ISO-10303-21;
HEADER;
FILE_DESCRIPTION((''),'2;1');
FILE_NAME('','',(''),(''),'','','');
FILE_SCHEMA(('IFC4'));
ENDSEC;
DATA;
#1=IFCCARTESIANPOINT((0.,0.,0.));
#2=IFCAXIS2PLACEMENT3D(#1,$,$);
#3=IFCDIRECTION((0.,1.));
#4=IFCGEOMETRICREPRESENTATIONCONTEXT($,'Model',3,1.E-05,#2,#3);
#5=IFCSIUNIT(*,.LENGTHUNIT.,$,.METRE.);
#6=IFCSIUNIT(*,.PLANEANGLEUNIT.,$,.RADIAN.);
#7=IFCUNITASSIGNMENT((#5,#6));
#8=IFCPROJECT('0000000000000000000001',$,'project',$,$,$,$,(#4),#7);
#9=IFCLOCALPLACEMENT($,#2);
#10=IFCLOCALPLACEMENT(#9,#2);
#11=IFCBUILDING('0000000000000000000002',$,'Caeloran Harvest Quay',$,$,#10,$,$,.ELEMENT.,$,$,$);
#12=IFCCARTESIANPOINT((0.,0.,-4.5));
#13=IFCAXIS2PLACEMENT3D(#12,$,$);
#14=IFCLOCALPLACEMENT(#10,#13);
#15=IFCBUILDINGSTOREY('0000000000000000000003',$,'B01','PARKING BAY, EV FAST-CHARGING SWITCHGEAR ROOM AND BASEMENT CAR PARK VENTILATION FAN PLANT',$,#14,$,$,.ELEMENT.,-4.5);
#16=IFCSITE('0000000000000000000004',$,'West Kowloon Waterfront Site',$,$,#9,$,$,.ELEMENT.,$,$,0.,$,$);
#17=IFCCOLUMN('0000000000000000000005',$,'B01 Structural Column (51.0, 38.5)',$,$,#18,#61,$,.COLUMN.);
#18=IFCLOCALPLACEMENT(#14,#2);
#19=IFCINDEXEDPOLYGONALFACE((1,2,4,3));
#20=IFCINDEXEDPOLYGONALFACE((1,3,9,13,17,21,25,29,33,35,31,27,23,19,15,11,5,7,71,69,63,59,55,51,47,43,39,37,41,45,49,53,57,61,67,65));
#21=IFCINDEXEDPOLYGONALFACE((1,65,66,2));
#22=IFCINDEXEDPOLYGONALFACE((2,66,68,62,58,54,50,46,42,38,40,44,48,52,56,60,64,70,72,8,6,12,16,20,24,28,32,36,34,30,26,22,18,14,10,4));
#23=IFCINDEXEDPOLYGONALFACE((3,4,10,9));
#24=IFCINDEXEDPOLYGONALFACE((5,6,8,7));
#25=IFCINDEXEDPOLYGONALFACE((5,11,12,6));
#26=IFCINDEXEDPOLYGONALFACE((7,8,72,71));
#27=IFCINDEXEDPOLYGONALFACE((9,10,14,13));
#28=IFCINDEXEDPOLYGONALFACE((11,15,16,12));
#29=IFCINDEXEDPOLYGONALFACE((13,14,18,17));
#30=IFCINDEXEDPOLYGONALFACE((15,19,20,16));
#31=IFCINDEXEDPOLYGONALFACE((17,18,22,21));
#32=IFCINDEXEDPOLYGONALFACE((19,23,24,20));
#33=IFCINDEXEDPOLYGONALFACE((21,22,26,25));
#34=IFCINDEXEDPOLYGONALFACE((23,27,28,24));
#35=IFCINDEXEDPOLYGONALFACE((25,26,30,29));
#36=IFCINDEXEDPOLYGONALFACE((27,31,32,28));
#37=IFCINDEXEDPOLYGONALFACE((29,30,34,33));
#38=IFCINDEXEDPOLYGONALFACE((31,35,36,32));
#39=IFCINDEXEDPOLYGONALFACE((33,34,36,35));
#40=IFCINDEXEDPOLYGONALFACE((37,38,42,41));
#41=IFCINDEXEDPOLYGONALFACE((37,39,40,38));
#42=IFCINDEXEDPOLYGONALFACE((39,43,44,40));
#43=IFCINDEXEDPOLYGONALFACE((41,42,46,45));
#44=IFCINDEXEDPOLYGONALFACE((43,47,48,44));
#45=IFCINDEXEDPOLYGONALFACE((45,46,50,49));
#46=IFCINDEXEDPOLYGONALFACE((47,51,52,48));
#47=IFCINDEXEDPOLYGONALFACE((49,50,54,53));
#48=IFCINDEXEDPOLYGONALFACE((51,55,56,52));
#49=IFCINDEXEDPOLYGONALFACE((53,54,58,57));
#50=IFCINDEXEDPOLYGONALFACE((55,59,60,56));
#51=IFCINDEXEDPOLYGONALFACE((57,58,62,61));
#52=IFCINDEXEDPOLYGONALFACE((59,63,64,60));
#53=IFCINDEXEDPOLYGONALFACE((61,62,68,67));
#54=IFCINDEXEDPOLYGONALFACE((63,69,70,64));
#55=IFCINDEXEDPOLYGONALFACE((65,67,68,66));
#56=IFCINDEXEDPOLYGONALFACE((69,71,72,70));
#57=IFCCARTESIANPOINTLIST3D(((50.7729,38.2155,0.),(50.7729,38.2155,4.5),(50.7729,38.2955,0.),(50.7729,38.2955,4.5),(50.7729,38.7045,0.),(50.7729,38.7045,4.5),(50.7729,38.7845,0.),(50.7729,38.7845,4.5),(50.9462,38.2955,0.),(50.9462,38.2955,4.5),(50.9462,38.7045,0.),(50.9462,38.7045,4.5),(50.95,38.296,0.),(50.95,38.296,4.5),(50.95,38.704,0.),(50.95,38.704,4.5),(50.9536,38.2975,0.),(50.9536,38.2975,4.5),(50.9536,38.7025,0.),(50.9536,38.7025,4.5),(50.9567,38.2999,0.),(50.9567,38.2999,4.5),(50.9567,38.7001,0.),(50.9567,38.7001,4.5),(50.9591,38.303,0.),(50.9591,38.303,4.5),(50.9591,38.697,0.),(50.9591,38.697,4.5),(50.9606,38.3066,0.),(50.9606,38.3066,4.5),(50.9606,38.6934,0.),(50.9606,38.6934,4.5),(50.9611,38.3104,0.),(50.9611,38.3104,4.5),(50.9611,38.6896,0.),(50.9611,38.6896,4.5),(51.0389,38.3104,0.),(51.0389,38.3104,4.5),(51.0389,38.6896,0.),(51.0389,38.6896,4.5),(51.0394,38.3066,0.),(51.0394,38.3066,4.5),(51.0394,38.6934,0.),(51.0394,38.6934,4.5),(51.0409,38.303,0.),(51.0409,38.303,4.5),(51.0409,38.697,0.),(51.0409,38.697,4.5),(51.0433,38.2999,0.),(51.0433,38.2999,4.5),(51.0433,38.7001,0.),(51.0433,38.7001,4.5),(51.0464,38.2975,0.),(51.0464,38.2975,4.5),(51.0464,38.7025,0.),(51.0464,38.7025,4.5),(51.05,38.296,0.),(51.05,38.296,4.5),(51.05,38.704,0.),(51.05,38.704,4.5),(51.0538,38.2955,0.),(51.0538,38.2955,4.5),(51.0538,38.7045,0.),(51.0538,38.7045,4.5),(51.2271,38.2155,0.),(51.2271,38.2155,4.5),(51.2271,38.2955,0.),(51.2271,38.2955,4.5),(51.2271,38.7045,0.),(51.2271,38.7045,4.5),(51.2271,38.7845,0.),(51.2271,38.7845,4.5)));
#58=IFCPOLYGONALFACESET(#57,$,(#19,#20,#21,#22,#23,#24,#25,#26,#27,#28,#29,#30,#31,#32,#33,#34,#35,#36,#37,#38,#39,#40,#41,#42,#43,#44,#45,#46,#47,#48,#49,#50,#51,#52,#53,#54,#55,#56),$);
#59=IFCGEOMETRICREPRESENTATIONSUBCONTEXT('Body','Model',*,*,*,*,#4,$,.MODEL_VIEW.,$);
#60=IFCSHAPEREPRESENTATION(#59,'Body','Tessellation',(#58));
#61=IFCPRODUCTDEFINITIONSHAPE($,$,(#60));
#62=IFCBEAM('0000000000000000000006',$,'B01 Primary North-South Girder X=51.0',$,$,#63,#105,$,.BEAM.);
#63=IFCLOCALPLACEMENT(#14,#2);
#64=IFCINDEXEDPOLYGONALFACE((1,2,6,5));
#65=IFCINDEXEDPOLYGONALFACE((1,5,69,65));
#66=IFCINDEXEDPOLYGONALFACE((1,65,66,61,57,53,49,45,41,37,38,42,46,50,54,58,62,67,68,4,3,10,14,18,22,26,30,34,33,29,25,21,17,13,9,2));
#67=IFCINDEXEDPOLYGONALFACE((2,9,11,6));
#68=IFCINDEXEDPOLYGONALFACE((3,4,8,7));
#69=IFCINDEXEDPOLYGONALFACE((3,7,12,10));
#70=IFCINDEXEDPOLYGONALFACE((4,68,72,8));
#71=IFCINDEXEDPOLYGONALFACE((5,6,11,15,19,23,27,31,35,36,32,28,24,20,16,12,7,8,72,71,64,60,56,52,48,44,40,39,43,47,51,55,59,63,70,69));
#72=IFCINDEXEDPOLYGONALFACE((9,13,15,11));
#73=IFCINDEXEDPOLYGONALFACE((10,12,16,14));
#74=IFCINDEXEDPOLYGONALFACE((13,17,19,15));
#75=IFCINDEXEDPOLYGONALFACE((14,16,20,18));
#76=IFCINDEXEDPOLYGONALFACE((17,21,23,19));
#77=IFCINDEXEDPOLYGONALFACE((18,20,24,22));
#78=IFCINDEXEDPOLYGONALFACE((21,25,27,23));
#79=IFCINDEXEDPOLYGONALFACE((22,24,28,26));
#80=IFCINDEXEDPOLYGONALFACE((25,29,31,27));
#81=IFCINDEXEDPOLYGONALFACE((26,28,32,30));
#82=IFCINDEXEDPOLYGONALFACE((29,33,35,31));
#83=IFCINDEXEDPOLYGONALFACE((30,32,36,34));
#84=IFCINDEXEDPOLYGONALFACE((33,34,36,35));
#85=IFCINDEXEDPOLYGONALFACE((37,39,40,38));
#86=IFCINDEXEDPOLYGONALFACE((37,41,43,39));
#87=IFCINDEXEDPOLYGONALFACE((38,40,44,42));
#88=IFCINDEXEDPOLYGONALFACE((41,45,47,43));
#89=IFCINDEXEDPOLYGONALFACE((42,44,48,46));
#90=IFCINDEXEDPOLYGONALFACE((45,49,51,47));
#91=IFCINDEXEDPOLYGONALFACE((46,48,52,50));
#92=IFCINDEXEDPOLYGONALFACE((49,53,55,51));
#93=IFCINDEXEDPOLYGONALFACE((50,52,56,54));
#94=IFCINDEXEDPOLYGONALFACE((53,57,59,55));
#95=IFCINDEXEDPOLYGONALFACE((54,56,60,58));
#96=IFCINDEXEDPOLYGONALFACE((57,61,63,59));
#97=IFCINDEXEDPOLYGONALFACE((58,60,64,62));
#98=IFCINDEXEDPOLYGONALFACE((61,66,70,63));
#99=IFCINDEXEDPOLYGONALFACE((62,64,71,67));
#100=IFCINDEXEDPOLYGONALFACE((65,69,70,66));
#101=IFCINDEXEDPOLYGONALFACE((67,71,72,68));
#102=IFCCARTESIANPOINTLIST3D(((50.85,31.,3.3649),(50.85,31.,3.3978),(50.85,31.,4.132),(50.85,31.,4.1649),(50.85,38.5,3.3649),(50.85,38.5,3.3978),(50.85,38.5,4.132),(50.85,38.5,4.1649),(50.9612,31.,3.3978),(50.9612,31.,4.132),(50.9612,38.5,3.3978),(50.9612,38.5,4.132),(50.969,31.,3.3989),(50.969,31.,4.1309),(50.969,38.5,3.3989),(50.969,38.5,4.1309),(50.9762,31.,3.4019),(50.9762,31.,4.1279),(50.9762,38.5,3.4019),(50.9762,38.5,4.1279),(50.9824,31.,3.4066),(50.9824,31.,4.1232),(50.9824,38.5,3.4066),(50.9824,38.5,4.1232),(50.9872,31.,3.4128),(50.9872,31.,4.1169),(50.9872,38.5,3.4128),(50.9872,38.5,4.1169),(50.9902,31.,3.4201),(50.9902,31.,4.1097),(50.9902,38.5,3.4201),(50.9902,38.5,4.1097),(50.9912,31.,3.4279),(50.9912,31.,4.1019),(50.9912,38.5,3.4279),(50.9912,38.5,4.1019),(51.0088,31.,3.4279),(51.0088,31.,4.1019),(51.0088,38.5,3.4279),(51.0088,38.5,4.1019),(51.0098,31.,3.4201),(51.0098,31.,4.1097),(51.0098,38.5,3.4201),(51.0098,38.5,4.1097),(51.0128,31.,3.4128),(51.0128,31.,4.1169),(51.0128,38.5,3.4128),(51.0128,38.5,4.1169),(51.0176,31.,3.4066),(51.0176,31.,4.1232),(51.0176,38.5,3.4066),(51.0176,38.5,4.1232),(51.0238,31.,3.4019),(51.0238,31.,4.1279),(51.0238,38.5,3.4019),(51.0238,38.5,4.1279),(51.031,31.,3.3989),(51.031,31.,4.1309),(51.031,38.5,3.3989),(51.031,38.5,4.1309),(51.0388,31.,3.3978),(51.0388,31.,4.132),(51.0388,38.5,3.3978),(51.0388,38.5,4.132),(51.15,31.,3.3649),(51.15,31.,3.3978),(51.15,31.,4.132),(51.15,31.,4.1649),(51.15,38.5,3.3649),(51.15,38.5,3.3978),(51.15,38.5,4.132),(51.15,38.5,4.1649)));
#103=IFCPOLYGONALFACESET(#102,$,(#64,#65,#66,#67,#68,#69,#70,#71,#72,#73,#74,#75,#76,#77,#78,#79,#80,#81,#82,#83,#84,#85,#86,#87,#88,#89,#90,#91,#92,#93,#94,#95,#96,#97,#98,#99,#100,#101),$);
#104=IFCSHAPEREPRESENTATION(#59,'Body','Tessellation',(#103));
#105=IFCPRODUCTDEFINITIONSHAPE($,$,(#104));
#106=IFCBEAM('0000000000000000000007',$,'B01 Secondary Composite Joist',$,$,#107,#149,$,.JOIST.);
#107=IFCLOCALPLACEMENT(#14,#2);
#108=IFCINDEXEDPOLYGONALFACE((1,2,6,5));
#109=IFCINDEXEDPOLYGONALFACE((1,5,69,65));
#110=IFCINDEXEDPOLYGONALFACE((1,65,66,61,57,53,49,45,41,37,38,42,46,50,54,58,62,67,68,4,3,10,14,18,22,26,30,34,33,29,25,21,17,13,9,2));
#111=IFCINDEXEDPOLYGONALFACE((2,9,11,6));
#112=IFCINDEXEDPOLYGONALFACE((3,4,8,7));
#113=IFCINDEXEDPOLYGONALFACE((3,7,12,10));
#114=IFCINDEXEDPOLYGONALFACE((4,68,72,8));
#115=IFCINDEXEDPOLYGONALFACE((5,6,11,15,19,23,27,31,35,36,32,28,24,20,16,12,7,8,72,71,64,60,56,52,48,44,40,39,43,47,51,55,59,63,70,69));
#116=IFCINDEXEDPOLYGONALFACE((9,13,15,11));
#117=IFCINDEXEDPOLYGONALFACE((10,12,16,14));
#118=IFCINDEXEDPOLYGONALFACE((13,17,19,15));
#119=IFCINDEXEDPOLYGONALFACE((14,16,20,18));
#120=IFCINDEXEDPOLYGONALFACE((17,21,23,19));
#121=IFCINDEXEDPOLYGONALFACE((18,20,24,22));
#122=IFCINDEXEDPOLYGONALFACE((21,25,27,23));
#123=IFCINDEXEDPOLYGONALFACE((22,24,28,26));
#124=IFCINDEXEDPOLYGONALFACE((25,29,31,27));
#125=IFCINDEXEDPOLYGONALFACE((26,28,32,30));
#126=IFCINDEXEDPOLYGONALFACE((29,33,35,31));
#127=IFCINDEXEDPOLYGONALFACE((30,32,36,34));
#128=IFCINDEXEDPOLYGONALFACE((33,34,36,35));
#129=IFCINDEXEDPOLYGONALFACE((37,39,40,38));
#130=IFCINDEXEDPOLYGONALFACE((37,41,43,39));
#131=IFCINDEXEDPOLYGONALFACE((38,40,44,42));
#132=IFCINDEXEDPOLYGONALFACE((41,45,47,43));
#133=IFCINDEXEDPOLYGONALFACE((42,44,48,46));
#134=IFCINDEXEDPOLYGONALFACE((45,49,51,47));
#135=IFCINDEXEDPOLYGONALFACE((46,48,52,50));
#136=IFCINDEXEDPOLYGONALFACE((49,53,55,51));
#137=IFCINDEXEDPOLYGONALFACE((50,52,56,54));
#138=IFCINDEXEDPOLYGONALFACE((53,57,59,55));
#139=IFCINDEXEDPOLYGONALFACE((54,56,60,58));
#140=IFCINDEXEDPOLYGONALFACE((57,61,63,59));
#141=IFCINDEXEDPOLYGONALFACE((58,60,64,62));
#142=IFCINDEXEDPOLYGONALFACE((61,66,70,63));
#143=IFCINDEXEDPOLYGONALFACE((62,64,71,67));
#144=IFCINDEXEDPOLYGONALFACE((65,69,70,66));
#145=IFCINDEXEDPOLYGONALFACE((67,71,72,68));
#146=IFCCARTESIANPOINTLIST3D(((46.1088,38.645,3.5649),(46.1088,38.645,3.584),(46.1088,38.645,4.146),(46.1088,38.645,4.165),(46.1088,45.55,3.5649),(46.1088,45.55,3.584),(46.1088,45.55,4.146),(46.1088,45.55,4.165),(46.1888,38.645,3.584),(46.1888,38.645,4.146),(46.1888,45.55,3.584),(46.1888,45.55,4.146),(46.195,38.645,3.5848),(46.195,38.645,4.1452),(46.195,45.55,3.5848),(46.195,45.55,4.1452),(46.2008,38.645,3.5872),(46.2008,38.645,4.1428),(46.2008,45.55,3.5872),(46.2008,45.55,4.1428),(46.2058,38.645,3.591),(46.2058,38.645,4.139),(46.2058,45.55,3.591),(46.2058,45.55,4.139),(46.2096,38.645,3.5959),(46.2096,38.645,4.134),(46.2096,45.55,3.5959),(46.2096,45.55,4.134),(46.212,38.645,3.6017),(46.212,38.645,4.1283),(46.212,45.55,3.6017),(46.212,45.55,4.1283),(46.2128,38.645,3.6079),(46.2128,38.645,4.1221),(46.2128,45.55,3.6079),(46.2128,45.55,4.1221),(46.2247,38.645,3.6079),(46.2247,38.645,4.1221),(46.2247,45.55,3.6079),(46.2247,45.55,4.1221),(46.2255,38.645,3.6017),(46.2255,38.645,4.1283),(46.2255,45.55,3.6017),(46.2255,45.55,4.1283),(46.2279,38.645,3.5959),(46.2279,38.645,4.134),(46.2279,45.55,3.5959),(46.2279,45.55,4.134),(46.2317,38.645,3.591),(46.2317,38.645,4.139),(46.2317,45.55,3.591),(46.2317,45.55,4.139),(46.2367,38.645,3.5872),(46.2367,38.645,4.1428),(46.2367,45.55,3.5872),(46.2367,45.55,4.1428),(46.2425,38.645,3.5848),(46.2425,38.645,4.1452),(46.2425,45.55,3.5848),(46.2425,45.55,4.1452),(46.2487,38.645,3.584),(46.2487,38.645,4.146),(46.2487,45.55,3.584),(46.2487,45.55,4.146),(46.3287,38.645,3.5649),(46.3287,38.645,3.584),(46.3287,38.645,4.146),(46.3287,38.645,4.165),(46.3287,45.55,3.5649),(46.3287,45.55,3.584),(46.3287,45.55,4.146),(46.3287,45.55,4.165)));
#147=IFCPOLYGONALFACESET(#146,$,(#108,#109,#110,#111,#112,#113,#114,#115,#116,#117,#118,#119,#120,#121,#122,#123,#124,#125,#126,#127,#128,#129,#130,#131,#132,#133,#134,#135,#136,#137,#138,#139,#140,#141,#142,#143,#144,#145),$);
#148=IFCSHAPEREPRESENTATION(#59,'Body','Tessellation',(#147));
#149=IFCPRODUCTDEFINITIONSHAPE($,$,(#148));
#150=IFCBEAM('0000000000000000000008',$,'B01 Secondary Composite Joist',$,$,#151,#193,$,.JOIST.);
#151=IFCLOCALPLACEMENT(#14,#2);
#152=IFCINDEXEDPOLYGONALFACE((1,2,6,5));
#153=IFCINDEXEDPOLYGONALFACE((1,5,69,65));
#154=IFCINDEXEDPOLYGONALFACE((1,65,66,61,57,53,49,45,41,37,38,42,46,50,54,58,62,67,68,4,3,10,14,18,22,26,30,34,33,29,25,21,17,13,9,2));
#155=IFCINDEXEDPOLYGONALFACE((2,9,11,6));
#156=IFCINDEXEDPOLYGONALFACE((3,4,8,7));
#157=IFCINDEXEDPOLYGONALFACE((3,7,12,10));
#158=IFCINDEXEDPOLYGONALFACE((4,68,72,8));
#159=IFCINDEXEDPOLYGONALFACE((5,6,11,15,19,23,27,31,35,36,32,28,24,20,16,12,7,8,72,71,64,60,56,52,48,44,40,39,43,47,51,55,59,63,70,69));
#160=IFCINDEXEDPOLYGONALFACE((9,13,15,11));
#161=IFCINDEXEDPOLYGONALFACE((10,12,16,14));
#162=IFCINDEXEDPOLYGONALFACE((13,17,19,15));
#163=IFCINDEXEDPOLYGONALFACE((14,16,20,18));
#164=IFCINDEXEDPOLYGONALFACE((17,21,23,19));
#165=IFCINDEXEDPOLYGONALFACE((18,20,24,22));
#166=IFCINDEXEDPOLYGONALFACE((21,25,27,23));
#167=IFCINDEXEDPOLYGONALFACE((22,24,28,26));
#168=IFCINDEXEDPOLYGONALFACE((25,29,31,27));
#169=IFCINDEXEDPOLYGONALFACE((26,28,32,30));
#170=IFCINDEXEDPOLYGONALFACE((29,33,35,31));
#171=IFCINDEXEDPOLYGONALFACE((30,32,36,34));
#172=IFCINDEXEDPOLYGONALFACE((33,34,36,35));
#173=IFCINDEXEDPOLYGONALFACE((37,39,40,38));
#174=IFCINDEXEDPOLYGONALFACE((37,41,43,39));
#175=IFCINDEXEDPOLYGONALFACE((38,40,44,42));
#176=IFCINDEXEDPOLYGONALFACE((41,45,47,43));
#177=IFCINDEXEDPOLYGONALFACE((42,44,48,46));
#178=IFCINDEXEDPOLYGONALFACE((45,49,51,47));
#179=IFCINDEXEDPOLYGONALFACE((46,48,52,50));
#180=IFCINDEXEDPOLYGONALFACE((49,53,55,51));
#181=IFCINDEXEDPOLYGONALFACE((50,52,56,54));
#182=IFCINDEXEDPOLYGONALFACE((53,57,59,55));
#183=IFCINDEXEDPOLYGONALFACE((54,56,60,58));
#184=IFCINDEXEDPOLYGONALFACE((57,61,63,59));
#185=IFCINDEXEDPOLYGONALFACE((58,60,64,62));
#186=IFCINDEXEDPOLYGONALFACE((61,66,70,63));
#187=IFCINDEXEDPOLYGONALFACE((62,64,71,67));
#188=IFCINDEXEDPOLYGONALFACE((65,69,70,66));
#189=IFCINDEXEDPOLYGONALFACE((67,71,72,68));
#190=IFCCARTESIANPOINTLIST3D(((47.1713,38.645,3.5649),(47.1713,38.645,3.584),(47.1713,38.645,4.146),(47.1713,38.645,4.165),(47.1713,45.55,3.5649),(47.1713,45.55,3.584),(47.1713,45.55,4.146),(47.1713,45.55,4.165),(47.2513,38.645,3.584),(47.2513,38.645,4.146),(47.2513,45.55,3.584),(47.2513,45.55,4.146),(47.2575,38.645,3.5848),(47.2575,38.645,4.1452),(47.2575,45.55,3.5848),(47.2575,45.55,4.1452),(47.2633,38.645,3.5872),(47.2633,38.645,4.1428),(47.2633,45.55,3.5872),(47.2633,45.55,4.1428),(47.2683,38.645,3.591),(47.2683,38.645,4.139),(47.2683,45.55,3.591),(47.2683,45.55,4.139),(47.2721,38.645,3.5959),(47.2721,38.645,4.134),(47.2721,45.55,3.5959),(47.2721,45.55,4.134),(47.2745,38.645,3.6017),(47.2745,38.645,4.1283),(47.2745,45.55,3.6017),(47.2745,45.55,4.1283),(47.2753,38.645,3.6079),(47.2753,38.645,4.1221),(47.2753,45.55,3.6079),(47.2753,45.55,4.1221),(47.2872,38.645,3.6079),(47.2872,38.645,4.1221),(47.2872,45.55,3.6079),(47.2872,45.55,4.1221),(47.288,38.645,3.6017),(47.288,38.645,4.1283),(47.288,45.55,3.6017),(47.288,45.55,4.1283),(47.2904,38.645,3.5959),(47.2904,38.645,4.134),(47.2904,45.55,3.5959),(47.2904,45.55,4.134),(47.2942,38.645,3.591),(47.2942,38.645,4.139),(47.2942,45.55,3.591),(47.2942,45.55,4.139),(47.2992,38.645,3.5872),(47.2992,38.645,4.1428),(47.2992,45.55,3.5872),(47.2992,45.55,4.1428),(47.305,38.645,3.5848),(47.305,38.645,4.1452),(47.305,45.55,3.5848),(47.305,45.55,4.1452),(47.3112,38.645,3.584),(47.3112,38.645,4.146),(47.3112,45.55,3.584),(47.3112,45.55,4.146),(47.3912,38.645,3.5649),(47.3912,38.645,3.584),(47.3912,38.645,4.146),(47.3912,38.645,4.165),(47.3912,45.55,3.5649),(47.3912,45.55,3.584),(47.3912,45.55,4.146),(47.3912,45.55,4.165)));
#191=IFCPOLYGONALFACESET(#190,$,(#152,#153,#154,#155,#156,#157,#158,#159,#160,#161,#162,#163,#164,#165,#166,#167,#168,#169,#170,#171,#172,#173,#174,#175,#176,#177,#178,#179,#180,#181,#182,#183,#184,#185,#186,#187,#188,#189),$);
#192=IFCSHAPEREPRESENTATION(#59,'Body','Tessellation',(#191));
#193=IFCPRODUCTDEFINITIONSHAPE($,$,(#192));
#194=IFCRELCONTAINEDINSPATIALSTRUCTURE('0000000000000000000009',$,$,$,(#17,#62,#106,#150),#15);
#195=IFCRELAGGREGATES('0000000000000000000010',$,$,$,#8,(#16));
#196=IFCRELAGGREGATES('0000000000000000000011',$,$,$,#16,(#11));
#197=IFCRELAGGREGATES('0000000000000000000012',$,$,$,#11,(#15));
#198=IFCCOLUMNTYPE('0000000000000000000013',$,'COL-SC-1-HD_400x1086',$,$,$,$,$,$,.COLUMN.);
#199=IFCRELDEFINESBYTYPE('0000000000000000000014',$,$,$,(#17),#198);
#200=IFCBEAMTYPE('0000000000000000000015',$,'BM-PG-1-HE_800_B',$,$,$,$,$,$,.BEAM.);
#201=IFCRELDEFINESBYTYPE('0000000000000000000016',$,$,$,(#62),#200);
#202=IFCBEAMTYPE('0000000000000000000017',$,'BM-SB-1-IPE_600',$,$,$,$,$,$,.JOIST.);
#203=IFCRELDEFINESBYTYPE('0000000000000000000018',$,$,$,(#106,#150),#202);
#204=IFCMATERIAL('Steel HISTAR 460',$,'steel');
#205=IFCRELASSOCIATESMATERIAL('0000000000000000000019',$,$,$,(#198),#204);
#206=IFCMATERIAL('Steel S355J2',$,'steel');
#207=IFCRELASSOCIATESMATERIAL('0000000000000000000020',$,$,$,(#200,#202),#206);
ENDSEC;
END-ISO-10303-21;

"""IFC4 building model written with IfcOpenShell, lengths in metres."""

from ifc_helpers import new_model, si_unit, direction, frame, origin, origin_2d, place, context, subcontext, project, spatial, i_section, extrude, material, material_profile, profile_set, type_object, element, save


model = new_model("IFC4")

# Units and contexts
model_context = context("Model", 3, precision=1e-05, world=origin(), true_north=direction((0.0, 1.0)))
body_context = subcontext(model_context, "Body", "Model", "MODEL_VIEW")
ifc_project = project(units=[si_unit("LENGTHUNIT", "METRE"), si_unit("PLANEANGLEUNIT", "RADIAN")], contexts=[model_context])

# Site, building, storey
site_placement = place(None, origin())
site = spatial("IfcSite", under=ifc_project, at=site_placement, Name="West Kowloon Waterfront Site", CompositionType="ELEMENT", RefElevation=0.0)
building_placement = place(site_placement, origin())
building = spatial("IfcBuilding", under=site, at=building_placement, Name="Caeloran Harvest Quay", CompositionType="ELEMENT")
storey_placement = place(building_placement, frame((0.0, 0.0, -4.5)))
storey = spatial("IfcBuildingStorey", under=building, at=storey_placement, Name="B01", Description="PARKING BAY, EV FAST-CHARGING SWITCHGEAR ROOM AND BASEMENT CAR PARK VENTILATION FAN PLANT", CompositionType="ELEMENT", Elevation=-4.5)

# Column
ifc_material_1 = material(Name="Steel HISTAR 460", Category="steel")
ifc_material_profile_1 = material_profile(ifc_material_1, i_section(OverallWidth=0.4541, OverallDepth=0.5691, WebThickness=0.0779, FlangeThickness=0.0801, FilletRadius=0.0149, at=origin_2d()), Name="HD 400x1086")
ifc_profile_set_1 = profile_set([ifc_material_profile_1], Name="Steel HISTAR 460")
column_type = type_object("IfcColumnType", Name="COL-SC-1-HD_400x1086", PredefinedType="COLUMN", material=ifc_profile_set_1)
column_placement = place(storey_placement, frame((51.0, 38.5, 0.0), z_axis=(0.0, 0.0, 1.0), x_axis=(1.0, 0.0, 0.0)))
element("IfcColumn", 1, at=column_placement, inside=storey, type_object=column_type, Name="B01 Structural Column (51.0, 38.5)", PredefinedType="COLUMN", context=body_context, shape_type="SweptSolid", body=[
    extrude(i_section(OverallWidth=0.4541, OverallDepth=0.5691, WebThickness=0.0779, FlangeThickness=0.0801, FilletRadius=0.0149, at=origin_2d()), origin(), (0.0, 0.0, 1.0), 4.5),
])

# Beams
ifc_material_2 = material(Name="Steel S355J2", Category="steel")
ifc_material_profile_2 = material_profile(ifc_material_2, i_section(OverallWidth=0.3, OverallDepth=0.8, WebThickness=0.0176, FlangeThickness=0.033, FilletRadius=0.03, at=origin_2d()), Name="HE 800 B")
ifc_profile_set_2 = profile_set([ifc_material_profile_2], Name="Steel S355J2")
beam_type_1 = type_object("IfcBeamType", Name="BM-PG-1-HE_800_B", PredefinedType="BEAM", material=ifc_profile_set_2)
beam_placement = place(storey_placement, frame((51.0, 31.0, 3.7649), z_axis=(0.0, 1.0, 0.0), x_axis=(-1.0, 0.0, 0.0)))
element("IfcBeam", 2, at=beam_placement, inside=storey, type_object=beam_type_1, Name="B01 Primary North-South Girder X=51.0", PredefinedType="BEAM", context=body_context, shape_type="SweptSolid", body=[
    extrude(i_section(OverallWidth=0.3, OverallDepth=0.8, WebThickness=0.0176, FlangeThickness=0.033, FilletRadius=0.03, at=origin_2d()), origin(), (0.0, 0.0, 1.0), 7.5),
])
ifc_material_profile_3 = material_profile(ifc_material_2, i_section(OverallWidth=0.22, OverallDepth=0.6001, WebThickness=0.012, FlangeThickness=0.019, FilletRadius=0.0239, at=origin_2d()), Name="IPE 600")
ifc_profile_set_3 = profile_set([ifc_material_profile_3], Name="Steel S355J2")
beam_type_2 = type_object("IfcBeamType", Name="BM-SB-1-IPE_600", PredefinedType="JOIST", material=ifc_profile_set_3)
for number, where, z_axis, x_axis, name in (
    (3, (46.2188, 38.645, 3.865), (0.0, 1.0, 0.0), (-1.0, 0.0, 0.0), "B01 Secondary Composite Joist"),
    (4, (47.2812, 38.645, 3.865), (0.0, 1.0, 0.0), (-1.0, 0.0, 0.0), "B01 Secondary Composite Joist"),
):
    element("IfcBeam", number, at=place(storey_placement, frame(where, z_axis=z_axis, x_axis=x_axis)), inside=storey, type_object=beam_type_2, Name=name, PredefinedType="JOIST", context=body_context, shape_type="SweptSolid", body=[
        extrude(i_section(OverallWidth=0.22, OverallDepth=0.6001, WebThickness=0.012, FlangeThickness=0.019, FilletRadius=0.0239, at=origin_2d()), origin(), (0.0, 0.0, 1.0), 6.905),
    ])

save(model, "model.ifc")
